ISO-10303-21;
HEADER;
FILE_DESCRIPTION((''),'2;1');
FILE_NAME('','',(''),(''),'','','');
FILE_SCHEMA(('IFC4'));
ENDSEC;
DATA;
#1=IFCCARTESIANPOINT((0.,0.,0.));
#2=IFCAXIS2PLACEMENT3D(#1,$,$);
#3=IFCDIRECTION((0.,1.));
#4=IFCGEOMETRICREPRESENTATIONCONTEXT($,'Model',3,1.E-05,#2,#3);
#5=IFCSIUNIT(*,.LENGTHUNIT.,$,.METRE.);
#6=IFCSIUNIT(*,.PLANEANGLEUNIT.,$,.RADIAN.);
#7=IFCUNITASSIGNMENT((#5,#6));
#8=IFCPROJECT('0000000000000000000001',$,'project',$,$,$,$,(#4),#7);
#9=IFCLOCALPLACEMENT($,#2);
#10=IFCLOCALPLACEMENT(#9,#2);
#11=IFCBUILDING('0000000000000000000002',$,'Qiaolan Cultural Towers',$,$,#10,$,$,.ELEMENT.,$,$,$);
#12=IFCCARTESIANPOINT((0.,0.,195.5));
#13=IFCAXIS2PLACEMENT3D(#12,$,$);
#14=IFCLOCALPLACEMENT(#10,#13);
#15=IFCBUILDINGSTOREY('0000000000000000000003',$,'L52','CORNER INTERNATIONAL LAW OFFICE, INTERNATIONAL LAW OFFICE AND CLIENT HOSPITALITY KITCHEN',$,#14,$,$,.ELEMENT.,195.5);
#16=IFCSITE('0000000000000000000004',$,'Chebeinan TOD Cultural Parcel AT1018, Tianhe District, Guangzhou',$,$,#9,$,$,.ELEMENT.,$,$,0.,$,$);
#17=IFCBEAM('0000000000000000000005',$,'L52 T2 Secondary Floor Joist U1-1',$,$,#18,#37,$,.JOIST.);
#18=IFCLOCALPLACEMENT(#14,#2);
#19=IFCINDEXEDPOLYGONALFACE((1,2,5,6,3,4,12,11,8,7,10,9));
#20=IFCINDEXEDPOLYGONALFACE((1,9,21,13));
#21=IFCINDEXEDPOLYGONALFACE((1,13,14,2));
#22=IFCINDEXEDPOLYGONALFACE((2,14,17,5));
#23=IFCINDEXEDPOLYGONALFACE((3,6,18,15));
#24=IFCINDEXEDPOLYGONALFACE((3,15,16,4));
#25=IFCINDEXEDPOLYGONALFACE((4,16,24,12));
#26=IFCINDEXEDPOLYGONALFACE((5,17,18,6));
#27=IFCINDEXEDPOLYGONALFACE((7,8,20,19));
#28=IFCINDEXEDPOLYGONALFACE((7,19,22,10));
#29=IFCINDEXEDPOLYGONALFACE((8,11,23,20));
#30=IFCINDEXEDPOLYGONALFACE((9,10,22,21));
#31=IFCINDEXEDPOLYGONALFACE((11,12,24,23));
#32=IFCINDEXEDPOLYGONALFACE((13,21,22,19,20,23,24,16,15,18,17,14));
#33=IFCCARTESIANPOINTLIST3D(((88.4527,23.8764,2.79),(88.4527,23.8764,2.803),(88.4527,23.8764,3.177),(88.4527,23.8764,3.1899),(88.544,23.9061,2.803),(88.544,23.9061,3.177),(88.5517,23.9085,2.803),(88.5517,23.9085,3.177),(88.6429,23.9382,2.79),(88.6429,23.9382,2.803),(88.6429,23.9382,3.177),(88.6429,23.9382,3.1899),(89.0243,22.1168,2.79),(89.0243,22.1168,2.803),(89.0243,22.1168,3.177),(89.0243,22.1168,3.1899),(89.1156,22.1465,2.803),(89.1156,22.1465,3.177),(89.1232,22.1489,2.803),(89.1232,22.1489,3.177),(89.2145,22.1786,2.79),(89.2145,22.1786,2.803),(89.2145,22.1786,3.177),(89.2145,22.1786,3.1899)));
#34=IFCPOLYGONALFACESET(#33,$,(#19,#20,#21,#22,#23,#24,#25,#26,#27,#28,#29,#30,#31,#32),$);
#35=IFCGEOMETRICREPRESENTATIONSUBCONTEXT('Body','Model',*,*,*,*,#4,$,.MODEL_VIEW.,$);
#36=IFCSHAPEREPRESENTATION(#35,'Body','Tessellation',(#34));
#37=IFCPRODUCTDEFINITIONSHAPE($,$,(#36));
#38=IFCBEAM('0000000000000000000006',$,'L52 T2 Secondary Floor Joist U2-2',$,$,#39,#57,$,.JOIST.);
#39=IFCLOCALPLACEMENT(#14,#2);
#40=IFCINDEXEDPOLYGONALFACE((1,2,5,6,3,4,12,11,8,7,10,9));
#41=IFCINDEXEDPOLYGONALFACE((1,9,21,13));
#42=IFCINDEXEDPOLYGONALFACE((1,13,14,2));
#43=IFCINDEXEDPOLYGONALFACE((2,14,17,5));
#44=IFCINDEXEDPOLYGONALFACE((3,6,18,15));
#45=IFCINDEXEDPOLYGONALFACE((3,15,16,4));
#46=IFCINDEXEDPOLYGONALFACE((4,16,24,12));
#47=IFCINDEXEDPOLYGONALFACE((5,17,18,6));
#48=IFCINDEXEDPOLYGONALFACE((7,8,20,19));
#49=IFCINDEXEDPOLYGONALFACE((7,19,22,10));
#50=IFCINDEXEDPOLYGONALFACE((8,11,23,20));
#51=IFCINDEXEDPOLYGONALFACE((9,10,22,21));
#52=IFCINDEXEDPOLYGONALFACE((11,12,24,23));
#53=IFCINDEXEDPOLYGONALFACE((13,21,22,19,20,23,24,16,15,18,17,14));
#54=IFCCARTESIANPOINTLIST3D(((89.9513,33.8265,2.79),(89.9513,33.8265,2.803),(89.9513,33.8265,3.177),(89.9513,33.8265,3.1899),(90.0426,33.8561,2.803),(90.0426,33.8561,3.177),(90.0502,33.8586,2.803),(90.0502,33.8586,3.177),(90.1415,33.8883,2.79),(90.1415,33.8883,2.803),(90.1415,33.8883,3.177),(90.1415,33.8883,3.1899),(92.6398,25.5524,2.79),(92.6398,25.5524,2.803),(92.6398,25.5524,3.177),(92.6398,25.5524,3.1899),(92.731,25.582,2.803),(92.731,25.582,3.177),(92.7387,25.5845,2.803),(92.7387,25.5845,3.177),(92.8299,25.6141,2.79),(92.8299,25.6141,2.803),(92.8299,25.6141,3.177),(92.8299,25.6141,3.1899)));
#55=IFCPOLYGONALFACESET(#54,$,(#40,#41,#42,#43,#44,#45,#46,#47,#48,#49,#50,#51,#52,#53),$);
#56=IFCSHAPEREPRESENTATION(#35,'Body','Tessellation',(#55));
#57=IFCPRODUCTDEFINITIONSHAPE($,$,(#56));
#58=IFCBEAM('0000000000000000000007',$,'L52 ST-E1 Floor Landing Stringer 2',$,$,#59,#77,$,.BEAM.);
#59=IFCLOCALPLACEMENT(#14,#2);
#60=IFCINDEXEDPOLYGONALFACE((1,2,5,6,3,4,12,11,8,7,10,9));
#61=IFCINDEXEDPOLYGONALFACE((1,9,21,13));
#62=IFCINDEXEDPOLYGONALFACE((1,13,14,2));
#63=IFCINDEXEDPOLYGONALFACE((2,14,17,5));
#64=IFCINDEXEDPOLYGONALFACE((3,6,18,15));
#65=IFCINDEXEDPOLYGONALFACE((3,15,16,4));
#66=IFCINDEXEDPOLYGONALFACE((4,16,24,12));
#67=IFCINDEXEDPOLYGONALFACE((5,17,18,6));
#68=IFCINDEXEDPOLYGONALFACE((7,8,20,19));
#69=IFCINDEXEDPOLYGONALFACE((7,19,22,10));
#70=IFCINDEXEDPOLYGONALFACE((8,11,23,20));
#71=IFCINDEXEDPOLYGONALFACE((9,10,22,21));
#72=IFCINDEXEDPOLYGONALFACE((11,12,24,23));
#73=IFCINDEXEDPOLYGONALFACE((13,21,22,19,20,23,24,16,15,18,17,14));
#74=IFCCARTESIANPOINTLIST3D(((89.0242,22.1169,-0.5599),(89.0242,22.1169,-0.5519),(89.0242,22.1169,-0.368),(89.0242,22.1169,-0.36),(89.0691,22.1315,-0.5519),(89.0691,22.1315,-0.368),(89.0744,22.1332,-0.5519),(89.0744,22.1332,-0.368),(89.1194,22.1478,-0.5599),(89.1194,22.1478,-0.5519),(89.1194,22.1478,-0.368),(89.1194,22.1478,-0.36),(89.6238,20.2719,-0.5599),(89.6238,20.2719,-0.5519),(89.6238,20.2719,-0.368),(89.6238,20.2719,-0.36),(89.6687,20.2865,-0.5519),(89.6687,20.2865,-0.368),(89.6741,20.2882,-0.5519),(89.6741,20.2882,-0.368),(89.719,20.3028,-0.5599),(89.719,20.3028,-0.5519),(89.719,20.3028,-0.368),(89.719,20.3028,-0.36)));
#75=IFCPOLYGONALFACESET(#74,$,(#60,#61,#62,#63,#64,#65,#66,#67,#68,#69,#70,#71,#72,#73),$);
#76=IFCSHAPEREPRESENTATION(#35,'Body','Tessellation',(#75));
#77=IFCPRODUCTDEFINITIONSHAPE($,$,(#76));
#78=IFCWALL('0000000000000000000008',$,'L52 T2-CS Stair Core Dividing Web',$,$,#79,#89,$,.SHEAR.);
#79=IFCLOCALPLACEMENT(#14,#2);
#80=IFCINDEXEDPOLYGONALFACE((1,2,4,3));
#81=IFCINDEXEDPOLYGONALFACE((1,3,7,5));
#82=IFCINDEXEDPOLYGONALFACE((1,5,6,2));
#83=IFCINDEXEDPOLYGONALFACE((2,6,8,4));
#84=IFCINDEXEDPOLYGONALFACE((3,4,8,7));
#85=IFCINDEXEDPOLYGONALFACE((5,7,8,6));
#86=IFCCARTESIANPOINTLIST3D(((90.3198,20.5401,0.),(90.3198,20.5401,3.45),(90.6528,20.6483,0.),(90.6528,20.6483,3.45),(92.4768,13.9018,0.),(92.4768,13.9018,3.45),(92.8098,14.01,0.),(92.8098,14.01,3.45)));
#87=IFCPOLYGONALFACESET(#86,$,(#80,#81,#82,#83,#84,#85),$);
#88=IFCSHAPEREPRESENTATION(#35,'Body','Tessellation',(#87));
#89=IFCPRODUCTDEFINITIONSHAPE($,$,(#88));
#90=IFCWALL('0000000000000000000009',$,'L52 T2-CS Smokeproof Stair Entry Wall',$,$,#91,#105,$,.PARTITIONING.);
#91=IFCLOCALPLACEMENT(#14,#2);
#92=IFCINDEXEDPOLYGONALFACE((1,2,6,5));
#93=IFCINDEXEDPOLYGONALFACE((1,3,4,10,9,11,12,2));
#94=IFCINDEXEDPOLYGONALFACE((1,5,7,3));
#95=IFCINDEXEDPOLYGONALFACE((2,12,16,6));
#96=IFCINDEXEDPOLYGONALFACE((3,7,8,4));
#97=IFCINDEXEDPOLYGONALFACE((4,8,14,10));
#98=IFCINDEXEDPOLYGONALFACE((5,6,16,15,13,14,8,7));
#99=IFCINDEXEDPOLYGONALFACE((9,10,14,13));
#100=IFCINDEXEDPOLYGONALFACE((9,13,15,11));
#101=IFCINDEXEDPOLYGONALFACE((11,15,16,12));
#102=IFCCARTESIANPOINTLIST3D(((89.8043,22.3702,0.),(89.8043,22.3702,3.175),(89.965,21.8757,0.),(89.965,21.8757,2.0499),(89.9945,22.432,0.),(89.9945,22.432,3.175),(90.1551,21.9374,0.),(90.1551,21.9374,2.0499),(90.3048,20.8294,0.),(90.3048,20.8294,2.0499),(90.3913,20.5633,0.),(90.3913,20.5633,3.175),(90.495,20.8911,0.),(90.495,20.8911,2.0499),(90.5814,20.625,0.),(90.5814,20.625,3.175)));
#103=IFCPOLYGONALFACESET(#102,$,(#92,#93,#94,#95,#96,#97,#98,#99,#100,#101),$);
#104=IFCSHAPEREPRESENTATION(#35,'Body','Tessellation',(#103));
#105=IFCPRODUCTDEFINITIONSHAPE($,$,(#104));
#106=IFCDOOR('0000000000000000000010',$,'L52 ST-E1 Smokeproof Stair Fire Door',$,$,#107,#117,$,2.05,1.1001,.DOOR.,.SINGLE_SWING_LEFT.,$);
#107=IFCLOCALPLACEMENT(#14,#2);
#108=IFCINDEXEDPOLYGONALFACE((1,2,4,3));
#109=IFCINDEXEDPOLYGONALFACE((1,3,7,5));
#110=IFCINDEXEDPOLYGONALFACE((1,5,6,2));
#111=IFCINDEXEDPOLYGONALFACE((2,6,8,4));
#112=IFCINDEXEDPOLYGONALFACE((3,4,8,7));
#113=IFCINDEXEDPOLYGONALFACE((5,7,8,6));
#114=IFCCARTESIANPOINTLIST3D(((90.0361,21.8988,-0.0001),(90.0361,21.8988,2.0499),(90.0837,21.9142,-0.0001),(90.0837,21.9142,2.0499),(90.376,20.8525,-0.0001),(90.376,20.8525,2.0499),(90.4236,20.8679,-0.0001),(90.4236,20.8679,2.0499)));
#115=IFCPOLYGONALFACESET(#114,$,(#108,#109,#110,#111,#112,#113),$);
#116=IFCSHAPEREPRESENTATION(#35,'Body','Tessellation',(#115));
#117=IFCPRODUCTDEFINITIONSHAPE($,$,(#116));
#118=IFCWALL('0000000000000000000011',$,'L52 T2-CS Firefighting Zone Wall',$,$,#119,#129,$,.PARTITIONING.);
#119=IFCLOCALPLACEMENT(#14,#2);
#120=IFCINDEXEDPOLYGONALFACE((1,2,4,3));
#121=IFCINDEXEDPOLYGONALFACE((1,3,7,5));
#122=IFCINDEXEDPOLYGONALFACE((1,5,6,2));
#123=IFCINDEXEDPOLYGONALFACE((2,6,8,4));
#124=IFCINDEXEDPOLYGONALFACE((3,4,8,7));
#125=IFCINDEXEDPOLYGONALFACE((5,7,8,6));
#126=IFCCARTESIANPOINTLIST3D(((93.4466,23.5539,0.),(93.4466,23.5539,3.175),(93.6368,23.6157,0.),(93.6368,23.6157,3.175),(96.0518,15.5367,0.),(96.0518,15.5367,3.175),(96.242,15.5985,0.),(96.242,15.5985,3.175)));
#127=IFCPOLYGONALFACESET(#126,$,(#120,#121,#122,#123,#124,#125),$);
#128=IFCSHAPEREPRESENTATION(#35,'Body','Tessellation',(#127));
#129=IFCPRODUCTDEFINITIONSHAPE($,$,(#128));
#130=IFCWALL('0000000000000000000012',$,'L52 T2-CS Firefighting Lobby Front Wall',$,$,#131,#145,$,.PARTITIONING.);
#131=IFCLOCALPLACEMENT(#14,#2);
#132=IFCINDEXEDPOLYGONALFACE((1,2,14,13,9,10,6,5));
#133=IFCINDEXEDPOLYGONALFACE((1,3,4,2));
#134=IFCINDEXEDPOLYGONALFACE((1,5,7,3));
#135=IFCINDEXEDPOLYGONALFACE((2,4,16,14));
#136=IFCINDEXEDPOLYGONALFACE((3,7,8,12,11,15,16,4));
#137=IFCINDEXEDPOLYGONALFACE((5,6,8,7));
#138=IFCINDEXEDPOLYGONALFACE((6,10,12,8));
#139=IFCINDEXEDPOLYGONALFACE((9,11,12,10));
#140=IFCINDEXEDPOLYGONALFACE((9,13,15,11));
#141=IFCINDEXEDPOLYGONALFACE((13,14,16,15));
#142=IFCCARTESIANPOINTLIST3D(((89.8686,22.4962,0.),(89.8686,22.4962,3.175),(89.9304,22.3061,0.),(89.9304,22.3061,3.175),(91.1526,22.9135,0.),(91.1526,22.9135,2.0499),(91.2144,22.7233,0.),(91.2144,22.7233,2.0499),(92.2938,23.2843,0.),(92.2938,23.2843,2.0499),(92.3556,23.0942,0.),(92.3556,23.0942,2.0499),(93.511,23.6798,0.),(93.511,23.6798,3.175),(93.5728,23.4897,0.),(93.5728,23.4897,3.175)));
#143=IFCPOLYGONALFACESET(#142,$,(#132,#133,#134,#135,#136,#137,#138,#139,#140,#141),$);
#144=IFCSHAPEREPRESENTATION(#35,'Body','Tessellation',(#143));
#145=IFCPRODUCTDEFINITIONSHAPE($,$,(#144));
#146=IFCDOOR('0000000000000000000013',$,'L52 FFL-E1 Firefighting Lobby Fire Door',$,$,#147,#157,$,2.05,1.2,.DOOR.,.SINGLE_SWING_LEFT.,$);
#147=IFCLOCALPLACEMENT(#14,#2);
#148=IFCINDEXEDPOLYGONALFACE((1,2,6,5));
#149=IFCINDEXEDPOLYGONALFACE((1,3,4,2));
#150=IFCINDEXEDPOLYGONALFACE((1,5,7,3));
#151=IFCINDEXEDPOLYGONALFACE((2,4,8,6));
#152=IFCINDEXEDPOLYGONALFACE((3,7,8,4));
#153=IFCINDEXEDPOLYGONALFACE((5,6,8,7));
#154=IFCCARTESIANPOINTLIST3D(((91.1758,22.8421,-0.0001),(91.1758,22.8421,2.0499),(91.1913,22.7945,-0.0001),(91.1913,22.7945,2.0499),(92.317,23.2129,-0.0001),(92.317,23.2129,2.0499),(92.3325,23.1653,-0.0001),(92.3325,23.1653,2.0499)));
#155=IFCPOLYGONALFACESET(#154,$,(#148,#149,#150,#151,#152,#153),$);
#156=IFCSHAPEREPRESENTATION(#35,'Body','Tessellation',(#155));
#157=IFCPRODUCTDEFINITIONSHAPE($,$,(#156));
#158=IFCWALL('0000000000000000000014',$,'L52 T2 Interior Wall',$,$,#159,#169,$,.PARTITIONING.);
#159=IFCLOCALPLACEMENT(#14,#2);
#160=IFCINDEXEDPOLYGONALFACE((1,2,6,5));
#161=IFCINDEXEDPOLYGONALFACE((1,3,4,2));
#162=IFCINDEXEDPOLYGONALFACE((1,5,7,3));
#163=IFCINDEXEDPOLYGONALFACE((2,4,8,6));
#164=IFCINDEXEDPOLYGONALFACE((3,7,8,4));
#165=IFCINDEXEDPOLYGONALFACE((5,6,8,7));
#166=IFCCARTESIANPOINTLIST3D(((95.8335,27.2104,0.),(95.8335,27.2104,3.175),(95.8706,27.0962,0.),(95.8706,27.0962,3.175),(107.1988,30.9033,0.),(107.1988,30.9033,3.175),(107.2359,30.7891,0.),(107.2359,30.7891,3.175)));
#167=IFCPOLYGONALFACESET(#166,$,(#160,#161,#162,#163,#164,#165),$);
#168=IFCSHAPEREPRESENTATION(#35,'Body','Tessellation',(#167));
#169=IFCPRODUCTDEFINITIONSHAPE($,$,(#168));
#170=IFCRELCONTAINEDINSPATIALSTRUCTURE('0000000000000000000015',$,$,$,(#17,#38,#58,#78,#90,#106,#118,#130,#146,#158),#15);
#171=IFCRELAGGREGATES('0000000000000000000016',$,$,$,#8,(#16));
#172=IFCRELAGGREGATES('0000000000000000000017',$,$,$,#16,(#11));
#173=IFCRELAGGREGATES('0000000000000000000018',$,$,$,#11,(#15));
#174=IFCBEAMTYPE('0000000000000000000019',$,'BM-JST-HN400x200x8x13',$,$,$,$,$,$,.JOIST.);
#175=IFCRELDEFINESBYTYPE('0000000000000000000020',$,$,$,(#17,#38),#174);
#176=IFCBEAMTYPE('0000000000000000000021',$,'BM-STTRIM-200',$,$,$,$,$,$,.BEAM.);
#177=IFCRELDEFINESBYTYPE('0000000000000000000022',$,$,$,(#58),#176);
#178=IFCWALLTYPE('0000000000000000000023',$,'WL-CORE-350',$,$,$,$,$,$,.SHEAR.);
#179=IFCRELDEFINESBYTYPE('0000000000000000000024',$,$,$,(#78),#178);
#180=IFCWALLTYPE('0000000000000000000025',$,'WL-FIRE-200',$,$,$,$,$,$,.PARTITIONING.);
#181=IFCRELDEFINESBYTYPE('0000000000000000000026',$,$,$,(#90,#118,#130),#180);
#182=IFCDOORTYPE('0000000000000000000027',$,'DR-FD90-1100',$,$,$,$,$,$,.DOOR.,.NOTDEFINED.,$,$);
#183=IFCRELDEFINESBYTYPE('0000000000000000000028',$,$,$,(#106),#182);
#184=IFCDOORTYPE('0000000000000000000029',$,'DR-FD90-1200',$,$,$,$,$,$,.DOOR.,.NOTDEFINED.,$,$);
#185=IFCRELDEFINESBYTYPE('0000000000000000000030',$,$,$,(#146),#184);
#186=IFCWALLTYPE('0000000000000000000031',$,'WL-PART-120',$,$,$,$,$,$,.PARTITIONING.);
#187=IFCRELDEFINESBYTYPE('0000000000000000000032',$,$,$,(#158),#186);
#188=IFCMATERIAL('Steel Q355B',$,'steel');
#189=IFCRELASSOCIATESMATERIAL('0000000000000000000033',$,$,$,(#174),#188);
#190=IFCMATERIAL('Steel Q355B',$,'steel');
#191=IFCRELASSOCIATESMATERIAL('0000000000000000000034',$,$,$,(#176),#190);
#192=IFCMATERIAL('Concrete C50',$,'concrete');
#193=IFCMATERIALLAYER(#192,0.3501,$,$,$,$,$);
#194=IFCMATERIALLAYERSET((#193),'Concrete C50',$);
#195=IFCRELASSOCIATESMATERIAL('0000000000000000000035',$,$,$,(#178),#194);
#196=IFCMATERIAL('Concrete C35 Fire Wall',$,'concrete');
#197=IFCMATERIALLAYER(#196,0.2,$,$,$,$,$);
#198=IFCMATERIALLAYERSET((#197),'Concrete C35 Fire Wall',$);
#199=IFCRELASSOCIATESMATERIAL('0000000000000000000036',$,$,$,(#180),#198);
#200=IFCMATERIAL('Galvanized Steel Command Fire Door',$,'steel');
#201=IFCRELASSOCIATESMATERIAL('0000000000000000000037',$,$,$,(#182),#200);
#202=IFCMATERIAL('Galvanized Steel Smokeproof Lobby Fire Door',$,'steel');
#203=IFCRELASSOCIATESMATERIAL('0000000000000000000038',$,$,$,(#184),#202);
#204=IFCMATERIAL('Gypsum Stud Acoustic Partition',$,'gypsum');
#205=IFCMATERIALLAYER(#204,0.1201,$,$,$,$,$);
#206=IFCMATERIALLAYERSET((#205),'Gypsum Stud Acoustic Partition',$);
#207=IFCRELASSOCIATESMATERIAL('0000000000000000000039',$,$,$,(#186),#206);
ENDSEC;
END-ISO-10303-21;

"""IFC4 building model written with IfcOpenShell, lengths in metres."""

from ifc_helpers import new_model, si_unit, direction, frame, frame_2d, origin, origin_2d, place, context, subcontext, project, spatial, rectangle, i_section, extrude, material, layer, layer_set, material_profile, profile_set, type_object, element, fill, save


model = new_model("IFC4")

# Units and contexts
model_context = context("Model", 3, precision=1e-05, world=origin(), true_north=direction((0.0, 1.0)))
body_context = subcontext(model_context, "Body", "Model", "MODEL_VIEW")
ifc_project = project(units=[si_unit("LENGTHUNIT", "METRE"), si_unit("PLANEANGLEUNIT", "RADIAN")], contexts=[model_context])

# Site, building, storey
site_placement = place(None, origin())
site = spatial("IfcSite", under=ifc_project, at=site_placement, Name="Chebeinan TOD Cultural Parcel AT1018, Tianhe District, Guangzhou", CompositionType="ELEMENT", RefElevation=0.0)
building_placement = place(site_placement, origin())
building = spatial("IfcBuilding", under=site, at=building_placement, Name="Qiaolan Cultural Towers", CompositionType="ELEMENT")
storey_placement = place(building_placement, frame((0.0, 0.0, 195.5)))
storey = spatial("IfcBuildingStorey", under=building, at=storey_placement, Name="L52", Description="CORNER INTERNATIONAL LAW OFFICE, INTERNATIONAL LAW OFFICE AND CLIENT HOSPITALITY KITCHEN", CompositionType="ELEMENT", Elevation=195.5)

# Beams
ifc_material_1 = material(Name="Steel Q355B", Category="steel")
ifc_material_profile_1 = material_profile(ifc_material_1, i_section(OverallWidth=0.2, OverallDepth=0.3999, WebThickness=0.0081, FlangeThickness=0.0129, at=origin_2d()), Name="HN400x200x8x13")
ifc_profile_set_1 = profile_set([ifc_material_profile_1], Name="Steel Q355B")
beam_type_1 = type_object("IfcBeamType", Name="BM-JST-HN400x200x8x13", PredefinedType="JOIST", material=ifc_profile_set_1)
beam_1_placement = place(storey_placement, frame((89.1194, 22.1477, 2.99), z_axis=(-0.308934, 0.951084, 0.0), x_axis=(-0.951084, -0.308934, 0.0)))
element("IfcBeam", 1, at=beam_1_placement, inside=storey, type_object=beam_type_1, Name="L52 T2 Secondary Floor Joist U1-1", PredefinedType="JOIST", context=body_context, shape_type="SweptSolid", body=[
    extrude(i_section(OverallWidth=0.2, OverallDepth=0.3999, WebThickness=0.0081, FlangeThickness=0.0129, at=origin_2d()), origin(), (0.0, 0.0, 1.0), 1.8501),
])
beam_2_placement = place(storey_placement, frame((92.7349, 25.5833, 2.99), z_axis=(-0.309021, 0.951055, 0.0), x_axis=(-0.951055, -0.309021, 0.0)))
element("IfcBeam", 2, at=beam_2_placement, inside=storey, type_object=beam_type_1, Name="L52 T2 Secondary Floor Joist U2-2", PredefinedType="JOIST", context=body_context, shape_type="SweptSolid", body=[
    extrude(i_section(OverallWidth=0.2, OverallDepth=0.3999, WebThickness=0.0081, FlangeThickness=0.0129, at=origin_2d()), origin(), (0.0, 0.0, 1.0), 8.7),
])
ifc_material_2 = material(Name="Steel Q355B", Category="steel")
ifc_material_profile_2 = material_profile(ifc_material_2, i_section(OverallWidth=0.1001, OverallDepth=0.2, WebThickness=0.0056, FlangeThickness=0.0081, at=origin_2d()), Name="HN200x100x5.5x8")
ifc_profile_set_2 = profile_set([ifc_material_profile_2], Name="Steel Q355B")
beam_type_2 = type_object("IfcBeamType", Name="BM-STTRIM-200", PredefinedType="BEAM", material=ifc_profile_set_2)
beam_3_placement = place(storey_placement, frame((89.0718, 22.1323, -0.46), z_axis=(0.309083, -0.951035, 0.0), x_axis=(0.951035, 0.309083, 0.0)))
element("IfcBeam", 3, at=beam_3_placement, inside=storey, type_object=beam_type_2, Name="L52 ST-E1 Floor Landing Stringer 2", PredefinedType="BEAM", context=body_context, shape_type="SweptSolid", body=[
    extrude(i_section(OverallWidth=0.1001, OverallDepth=0.2, WebThickness=0.0056, FlangeThickness=0.0081, at=origin_2d()), origin(), (0.0, 0.0, 1.0), 1.9399),
])

# Wall
ifc_material_3 = material(Name="Concrete C50", Category="concrete")
ifc_layer_1 = layer(ifc_material_3, 0.3501)
ifc_layer_set_1 = layer_set([ifc_layer_1], Name="Concrete C50")
wall_type_1 = type_object("IfcWallType", Name="WL-CORE-350", PredefinedType="SHEAR", material=ifc_layer_set_1)
wall_1_placement = place(storey_placement, frame((90.4863, 20.5942, 0.0), z_axis=(0.0, 0.0, 1.0), x_axis=(0.30902, -0.951055, 0.0)))
element("IfcWall", 4, at=wall_1_placement, inside=storey, type_object=wall_type_1, Name="L52 T2-CS Stair Core Dividing Web", PredefinedType="SHEAR", context=body_context, shape_type="SweptSolid", body=[
    extrude(rectangle(XDim=6.98, YDim=0.3501, at=frame_2d((3.49, 0.0))), origin(), (0.0, 0.0, 1.0), 3.45),
])

# Wall, opening, door
ifc_material_4 = material(Name="Concrete C35 Fire Wall", Category="concrete")
ifc_layer_2 = layer(ifc_material_4, 0.2)
ifc_layer_set_2 = layer_set([ifc_layer_2], Name="Concrete C35 Fire Wall")
wall_type_2 = type_object("IfcWallType", Name="WL-FIRE-200", PredefinedType="PARTITIONING", material=ifc_layer_set_2)
wall_2_placement = place(storey_placement, frame((89.8994, 22.4011, 0.0), z_axis=(0.0, 0.0, 1.0), x_axis=(0.308932, -0.951084, 0.0)))
wall_2 = element("IfcWall", 5, at=wall_2_placement, inside=storey, type_object=wall_type_2, Name="L52 T2-CS Smokeproof Stair Entry Wall", PredefinedType="PARTITIONING", context=body_context, shape_type="SweptSolid", body=[
    extrude(rectangle(XDim=1.8999, YDim=0.2, at=frame_2d((0.95, 0.0))), origin(), (0.0, 0.0, 1.0), 3.175),
])
opening_1_placement = place(wall_2_placement, frame((0.52, 0.0, 0.0)))
opening_1 = element("IfcOpeningElement", 6, at=opening_1_placement, cuts=wall_2, PredefinedType="OPENING", context=body_context, shape_type="SweptSolid", body=[
    extrude(rectangle(XDim=1.1001, YDim=2.05, at=frame_2d((0.55, 1.0249))), frame((0.0, 0.1099, 0.0), z_axis=(0.0, -1.0, 0.0), x_axis=(1.0, 0.0, 0.0)), (0.0, 0.0, 1.0), 0.22),
])
ifc_material_5 = material(Name="Galvanized Steel Command Fire Door", Category="steel")
door_type_1 = type_object("IfcDoorType", Name="DR-FD90-1100", OperationType="NOTDEFINED", PredefinedType="DOOR", material=ifc_material_5)
door_1_placement = place(opening_1_placement, origin())
door_1 = element("IfcDoor", 7, at=door_1_placement, inside=storey, type_object=door_type_1, Name="L52 ST-E1 Smokeproof Stair Fire Door", OperationType="SINGLE_SWING_LEFT", OverallHeight=2.05, OverallWidth=1.1001, PredefinedType="DOOR", context=body_context, shape_type="SweptSolid", body=[
    extrude(rectangle(XDim=1.1001, YDim=2.05, at=frame_2d((0.55, 1.0249))), frame((0.0, 0.0249, 0.0), z_axis=(0.0, -1.0, 0.0), x_axis=(1.0, 0.0, 0.0)), (0.0, 0.0, 1.0), 0.05),
])
fill(opening_1, door_1)

# Wall
wall_3_placement = place(storey_placement, frame((93.5417, 23.5847, 0.0), z_axis=(0.0, 0.0, 1.0), x_axis=(0.309042, -0.951048, 0.0)))
element("IfcWall", 8, at=wall_3_placement, inside=storey, type_object=wall_type_2, Name="L52 T2-CS Firefighting Zone Wall", PredefinedType="PARTITIONING", context=body_context, shape_type="SweptSolid", body=[
    extrude(rectangle(XDim=8.4299, YDim=0.2, at=frame_2d((4.2148, 0.0))), origin(), (0.0, 0.0, 1.0), 3.175),
])

# Wall, opening, door
wall_4_placement = place(storey_placement, frame((89.8994, 22.4011, 0.0), z_axis=(0.0, 0.0, 1.0), x_axis=(0.951047, 0.309047, 0.0)))
wall_4 = element("IfcWall", 9, at=wall_4_placement, inside=storey, type_object=wall_type_2, Name="L52 T2-CS Firefighting Lobby Front Wall", PredefinedType="PARTITIONING", context=body_context, shape_type="SweptSolid", body=[
    extrude(rectangle(XDim=3.8298, YDim=0.2, at=frame_2d((1.915, 0.0))), origin(), (0.0, 0.0, 1.0), 3.175),
])
opening_2_placement = place(wall_4_placement, frame((1.3501, 0.0, 0.0)))
opening_2 = element("IfcOpeningElement", 10, at=opening_2_placement, cuts=wall_4, PredefinedType="OPENING", context=body_context, shape_type="SweptSolid", body=[
    extrude(rectangle(XDim=1.2, YDim=2.05, at=frame_2d((0.6001, 1.0249))), frame((0.0, 0.1099, 0.0), z_axis=(0.0, -1.0, 0.0), x_axis=(1.0, 0.0, 0.0)), (0.0, 0.0, 1.0), 0.22),
])
ifc_material_6 = material(Name="Galvanized Steel Smokeproof Lobby Fire Door", Category="steel")
door_type_2 = type_object("IfcDoorType", Name="DR-FD90-1200", OperationType="NOTDEFINED", PredefinedType="DOOR", material=ifc_material_6)
door_2_placement = place(opening_2_placement, origin())
door_2 = element("IfcDoor", 11, at=door_2_placement, inside=storey, type_object=door_type_2, Name="L52 FFL-E1 Firefighting Lobby Fire Door", OperationType="SINGLE_SWING_LEFT", OverallHeight=2.05, OverallWidth=1.2, PredefinedType="DOOR", context=body_context, shape_type="SweptSolid", body=[
    extrude(rectangle(XDim=1.2, YDim=2.05, at=frame_2d((0.6001, 1.0249))), frame((0.0, 0.0249, 0.0), z_axis=(0.0, -1.0, 0.0), x_axis=(1.0, 0.0, 0.0)), (0.0, 0.0, 1.0), 0.05),
])
fill(opening_2, door_2)

# Wall
ifc_material_7 = material(Name="Gypsum Stud Acoustic Partition", Category="gypsum")
ifc_layer_3 = layer(ifc_material_7, 0.1201)
ifc_layer_set_3 = layer_set([ifc_layer_3], Name="Gypsum Stud Acoustic Partition")
wall_type_3 = type_object("IfcWallType", Name="WL-PART-120", PredefinedType="PARTITIONING", material=ifc_layer_set_3)
wall_5_placement = place(storey_placement, frame((95.8521, 27.1533, 0.0), z_axis=(0.0, 0.0, 1.0), x_axis=(0.951054, 0.309023, 0.0)))
element("IfcWall", 12, at=wall_5_placement, inside=storey, type_object=wall_type_3, Name="L52 T2 Interior Wall", PredefinedType="PARTITIONING", context=body_context, shape_type="SweptSolid", body=[
    extrude(rectangle(XDim=11.9502, YDim=0.1201, at=frame_2d((5.9751, 0.0))), origin(), (0.0, 0.0, 1.0), 3.175),
])

save(model, "model.ifc")
